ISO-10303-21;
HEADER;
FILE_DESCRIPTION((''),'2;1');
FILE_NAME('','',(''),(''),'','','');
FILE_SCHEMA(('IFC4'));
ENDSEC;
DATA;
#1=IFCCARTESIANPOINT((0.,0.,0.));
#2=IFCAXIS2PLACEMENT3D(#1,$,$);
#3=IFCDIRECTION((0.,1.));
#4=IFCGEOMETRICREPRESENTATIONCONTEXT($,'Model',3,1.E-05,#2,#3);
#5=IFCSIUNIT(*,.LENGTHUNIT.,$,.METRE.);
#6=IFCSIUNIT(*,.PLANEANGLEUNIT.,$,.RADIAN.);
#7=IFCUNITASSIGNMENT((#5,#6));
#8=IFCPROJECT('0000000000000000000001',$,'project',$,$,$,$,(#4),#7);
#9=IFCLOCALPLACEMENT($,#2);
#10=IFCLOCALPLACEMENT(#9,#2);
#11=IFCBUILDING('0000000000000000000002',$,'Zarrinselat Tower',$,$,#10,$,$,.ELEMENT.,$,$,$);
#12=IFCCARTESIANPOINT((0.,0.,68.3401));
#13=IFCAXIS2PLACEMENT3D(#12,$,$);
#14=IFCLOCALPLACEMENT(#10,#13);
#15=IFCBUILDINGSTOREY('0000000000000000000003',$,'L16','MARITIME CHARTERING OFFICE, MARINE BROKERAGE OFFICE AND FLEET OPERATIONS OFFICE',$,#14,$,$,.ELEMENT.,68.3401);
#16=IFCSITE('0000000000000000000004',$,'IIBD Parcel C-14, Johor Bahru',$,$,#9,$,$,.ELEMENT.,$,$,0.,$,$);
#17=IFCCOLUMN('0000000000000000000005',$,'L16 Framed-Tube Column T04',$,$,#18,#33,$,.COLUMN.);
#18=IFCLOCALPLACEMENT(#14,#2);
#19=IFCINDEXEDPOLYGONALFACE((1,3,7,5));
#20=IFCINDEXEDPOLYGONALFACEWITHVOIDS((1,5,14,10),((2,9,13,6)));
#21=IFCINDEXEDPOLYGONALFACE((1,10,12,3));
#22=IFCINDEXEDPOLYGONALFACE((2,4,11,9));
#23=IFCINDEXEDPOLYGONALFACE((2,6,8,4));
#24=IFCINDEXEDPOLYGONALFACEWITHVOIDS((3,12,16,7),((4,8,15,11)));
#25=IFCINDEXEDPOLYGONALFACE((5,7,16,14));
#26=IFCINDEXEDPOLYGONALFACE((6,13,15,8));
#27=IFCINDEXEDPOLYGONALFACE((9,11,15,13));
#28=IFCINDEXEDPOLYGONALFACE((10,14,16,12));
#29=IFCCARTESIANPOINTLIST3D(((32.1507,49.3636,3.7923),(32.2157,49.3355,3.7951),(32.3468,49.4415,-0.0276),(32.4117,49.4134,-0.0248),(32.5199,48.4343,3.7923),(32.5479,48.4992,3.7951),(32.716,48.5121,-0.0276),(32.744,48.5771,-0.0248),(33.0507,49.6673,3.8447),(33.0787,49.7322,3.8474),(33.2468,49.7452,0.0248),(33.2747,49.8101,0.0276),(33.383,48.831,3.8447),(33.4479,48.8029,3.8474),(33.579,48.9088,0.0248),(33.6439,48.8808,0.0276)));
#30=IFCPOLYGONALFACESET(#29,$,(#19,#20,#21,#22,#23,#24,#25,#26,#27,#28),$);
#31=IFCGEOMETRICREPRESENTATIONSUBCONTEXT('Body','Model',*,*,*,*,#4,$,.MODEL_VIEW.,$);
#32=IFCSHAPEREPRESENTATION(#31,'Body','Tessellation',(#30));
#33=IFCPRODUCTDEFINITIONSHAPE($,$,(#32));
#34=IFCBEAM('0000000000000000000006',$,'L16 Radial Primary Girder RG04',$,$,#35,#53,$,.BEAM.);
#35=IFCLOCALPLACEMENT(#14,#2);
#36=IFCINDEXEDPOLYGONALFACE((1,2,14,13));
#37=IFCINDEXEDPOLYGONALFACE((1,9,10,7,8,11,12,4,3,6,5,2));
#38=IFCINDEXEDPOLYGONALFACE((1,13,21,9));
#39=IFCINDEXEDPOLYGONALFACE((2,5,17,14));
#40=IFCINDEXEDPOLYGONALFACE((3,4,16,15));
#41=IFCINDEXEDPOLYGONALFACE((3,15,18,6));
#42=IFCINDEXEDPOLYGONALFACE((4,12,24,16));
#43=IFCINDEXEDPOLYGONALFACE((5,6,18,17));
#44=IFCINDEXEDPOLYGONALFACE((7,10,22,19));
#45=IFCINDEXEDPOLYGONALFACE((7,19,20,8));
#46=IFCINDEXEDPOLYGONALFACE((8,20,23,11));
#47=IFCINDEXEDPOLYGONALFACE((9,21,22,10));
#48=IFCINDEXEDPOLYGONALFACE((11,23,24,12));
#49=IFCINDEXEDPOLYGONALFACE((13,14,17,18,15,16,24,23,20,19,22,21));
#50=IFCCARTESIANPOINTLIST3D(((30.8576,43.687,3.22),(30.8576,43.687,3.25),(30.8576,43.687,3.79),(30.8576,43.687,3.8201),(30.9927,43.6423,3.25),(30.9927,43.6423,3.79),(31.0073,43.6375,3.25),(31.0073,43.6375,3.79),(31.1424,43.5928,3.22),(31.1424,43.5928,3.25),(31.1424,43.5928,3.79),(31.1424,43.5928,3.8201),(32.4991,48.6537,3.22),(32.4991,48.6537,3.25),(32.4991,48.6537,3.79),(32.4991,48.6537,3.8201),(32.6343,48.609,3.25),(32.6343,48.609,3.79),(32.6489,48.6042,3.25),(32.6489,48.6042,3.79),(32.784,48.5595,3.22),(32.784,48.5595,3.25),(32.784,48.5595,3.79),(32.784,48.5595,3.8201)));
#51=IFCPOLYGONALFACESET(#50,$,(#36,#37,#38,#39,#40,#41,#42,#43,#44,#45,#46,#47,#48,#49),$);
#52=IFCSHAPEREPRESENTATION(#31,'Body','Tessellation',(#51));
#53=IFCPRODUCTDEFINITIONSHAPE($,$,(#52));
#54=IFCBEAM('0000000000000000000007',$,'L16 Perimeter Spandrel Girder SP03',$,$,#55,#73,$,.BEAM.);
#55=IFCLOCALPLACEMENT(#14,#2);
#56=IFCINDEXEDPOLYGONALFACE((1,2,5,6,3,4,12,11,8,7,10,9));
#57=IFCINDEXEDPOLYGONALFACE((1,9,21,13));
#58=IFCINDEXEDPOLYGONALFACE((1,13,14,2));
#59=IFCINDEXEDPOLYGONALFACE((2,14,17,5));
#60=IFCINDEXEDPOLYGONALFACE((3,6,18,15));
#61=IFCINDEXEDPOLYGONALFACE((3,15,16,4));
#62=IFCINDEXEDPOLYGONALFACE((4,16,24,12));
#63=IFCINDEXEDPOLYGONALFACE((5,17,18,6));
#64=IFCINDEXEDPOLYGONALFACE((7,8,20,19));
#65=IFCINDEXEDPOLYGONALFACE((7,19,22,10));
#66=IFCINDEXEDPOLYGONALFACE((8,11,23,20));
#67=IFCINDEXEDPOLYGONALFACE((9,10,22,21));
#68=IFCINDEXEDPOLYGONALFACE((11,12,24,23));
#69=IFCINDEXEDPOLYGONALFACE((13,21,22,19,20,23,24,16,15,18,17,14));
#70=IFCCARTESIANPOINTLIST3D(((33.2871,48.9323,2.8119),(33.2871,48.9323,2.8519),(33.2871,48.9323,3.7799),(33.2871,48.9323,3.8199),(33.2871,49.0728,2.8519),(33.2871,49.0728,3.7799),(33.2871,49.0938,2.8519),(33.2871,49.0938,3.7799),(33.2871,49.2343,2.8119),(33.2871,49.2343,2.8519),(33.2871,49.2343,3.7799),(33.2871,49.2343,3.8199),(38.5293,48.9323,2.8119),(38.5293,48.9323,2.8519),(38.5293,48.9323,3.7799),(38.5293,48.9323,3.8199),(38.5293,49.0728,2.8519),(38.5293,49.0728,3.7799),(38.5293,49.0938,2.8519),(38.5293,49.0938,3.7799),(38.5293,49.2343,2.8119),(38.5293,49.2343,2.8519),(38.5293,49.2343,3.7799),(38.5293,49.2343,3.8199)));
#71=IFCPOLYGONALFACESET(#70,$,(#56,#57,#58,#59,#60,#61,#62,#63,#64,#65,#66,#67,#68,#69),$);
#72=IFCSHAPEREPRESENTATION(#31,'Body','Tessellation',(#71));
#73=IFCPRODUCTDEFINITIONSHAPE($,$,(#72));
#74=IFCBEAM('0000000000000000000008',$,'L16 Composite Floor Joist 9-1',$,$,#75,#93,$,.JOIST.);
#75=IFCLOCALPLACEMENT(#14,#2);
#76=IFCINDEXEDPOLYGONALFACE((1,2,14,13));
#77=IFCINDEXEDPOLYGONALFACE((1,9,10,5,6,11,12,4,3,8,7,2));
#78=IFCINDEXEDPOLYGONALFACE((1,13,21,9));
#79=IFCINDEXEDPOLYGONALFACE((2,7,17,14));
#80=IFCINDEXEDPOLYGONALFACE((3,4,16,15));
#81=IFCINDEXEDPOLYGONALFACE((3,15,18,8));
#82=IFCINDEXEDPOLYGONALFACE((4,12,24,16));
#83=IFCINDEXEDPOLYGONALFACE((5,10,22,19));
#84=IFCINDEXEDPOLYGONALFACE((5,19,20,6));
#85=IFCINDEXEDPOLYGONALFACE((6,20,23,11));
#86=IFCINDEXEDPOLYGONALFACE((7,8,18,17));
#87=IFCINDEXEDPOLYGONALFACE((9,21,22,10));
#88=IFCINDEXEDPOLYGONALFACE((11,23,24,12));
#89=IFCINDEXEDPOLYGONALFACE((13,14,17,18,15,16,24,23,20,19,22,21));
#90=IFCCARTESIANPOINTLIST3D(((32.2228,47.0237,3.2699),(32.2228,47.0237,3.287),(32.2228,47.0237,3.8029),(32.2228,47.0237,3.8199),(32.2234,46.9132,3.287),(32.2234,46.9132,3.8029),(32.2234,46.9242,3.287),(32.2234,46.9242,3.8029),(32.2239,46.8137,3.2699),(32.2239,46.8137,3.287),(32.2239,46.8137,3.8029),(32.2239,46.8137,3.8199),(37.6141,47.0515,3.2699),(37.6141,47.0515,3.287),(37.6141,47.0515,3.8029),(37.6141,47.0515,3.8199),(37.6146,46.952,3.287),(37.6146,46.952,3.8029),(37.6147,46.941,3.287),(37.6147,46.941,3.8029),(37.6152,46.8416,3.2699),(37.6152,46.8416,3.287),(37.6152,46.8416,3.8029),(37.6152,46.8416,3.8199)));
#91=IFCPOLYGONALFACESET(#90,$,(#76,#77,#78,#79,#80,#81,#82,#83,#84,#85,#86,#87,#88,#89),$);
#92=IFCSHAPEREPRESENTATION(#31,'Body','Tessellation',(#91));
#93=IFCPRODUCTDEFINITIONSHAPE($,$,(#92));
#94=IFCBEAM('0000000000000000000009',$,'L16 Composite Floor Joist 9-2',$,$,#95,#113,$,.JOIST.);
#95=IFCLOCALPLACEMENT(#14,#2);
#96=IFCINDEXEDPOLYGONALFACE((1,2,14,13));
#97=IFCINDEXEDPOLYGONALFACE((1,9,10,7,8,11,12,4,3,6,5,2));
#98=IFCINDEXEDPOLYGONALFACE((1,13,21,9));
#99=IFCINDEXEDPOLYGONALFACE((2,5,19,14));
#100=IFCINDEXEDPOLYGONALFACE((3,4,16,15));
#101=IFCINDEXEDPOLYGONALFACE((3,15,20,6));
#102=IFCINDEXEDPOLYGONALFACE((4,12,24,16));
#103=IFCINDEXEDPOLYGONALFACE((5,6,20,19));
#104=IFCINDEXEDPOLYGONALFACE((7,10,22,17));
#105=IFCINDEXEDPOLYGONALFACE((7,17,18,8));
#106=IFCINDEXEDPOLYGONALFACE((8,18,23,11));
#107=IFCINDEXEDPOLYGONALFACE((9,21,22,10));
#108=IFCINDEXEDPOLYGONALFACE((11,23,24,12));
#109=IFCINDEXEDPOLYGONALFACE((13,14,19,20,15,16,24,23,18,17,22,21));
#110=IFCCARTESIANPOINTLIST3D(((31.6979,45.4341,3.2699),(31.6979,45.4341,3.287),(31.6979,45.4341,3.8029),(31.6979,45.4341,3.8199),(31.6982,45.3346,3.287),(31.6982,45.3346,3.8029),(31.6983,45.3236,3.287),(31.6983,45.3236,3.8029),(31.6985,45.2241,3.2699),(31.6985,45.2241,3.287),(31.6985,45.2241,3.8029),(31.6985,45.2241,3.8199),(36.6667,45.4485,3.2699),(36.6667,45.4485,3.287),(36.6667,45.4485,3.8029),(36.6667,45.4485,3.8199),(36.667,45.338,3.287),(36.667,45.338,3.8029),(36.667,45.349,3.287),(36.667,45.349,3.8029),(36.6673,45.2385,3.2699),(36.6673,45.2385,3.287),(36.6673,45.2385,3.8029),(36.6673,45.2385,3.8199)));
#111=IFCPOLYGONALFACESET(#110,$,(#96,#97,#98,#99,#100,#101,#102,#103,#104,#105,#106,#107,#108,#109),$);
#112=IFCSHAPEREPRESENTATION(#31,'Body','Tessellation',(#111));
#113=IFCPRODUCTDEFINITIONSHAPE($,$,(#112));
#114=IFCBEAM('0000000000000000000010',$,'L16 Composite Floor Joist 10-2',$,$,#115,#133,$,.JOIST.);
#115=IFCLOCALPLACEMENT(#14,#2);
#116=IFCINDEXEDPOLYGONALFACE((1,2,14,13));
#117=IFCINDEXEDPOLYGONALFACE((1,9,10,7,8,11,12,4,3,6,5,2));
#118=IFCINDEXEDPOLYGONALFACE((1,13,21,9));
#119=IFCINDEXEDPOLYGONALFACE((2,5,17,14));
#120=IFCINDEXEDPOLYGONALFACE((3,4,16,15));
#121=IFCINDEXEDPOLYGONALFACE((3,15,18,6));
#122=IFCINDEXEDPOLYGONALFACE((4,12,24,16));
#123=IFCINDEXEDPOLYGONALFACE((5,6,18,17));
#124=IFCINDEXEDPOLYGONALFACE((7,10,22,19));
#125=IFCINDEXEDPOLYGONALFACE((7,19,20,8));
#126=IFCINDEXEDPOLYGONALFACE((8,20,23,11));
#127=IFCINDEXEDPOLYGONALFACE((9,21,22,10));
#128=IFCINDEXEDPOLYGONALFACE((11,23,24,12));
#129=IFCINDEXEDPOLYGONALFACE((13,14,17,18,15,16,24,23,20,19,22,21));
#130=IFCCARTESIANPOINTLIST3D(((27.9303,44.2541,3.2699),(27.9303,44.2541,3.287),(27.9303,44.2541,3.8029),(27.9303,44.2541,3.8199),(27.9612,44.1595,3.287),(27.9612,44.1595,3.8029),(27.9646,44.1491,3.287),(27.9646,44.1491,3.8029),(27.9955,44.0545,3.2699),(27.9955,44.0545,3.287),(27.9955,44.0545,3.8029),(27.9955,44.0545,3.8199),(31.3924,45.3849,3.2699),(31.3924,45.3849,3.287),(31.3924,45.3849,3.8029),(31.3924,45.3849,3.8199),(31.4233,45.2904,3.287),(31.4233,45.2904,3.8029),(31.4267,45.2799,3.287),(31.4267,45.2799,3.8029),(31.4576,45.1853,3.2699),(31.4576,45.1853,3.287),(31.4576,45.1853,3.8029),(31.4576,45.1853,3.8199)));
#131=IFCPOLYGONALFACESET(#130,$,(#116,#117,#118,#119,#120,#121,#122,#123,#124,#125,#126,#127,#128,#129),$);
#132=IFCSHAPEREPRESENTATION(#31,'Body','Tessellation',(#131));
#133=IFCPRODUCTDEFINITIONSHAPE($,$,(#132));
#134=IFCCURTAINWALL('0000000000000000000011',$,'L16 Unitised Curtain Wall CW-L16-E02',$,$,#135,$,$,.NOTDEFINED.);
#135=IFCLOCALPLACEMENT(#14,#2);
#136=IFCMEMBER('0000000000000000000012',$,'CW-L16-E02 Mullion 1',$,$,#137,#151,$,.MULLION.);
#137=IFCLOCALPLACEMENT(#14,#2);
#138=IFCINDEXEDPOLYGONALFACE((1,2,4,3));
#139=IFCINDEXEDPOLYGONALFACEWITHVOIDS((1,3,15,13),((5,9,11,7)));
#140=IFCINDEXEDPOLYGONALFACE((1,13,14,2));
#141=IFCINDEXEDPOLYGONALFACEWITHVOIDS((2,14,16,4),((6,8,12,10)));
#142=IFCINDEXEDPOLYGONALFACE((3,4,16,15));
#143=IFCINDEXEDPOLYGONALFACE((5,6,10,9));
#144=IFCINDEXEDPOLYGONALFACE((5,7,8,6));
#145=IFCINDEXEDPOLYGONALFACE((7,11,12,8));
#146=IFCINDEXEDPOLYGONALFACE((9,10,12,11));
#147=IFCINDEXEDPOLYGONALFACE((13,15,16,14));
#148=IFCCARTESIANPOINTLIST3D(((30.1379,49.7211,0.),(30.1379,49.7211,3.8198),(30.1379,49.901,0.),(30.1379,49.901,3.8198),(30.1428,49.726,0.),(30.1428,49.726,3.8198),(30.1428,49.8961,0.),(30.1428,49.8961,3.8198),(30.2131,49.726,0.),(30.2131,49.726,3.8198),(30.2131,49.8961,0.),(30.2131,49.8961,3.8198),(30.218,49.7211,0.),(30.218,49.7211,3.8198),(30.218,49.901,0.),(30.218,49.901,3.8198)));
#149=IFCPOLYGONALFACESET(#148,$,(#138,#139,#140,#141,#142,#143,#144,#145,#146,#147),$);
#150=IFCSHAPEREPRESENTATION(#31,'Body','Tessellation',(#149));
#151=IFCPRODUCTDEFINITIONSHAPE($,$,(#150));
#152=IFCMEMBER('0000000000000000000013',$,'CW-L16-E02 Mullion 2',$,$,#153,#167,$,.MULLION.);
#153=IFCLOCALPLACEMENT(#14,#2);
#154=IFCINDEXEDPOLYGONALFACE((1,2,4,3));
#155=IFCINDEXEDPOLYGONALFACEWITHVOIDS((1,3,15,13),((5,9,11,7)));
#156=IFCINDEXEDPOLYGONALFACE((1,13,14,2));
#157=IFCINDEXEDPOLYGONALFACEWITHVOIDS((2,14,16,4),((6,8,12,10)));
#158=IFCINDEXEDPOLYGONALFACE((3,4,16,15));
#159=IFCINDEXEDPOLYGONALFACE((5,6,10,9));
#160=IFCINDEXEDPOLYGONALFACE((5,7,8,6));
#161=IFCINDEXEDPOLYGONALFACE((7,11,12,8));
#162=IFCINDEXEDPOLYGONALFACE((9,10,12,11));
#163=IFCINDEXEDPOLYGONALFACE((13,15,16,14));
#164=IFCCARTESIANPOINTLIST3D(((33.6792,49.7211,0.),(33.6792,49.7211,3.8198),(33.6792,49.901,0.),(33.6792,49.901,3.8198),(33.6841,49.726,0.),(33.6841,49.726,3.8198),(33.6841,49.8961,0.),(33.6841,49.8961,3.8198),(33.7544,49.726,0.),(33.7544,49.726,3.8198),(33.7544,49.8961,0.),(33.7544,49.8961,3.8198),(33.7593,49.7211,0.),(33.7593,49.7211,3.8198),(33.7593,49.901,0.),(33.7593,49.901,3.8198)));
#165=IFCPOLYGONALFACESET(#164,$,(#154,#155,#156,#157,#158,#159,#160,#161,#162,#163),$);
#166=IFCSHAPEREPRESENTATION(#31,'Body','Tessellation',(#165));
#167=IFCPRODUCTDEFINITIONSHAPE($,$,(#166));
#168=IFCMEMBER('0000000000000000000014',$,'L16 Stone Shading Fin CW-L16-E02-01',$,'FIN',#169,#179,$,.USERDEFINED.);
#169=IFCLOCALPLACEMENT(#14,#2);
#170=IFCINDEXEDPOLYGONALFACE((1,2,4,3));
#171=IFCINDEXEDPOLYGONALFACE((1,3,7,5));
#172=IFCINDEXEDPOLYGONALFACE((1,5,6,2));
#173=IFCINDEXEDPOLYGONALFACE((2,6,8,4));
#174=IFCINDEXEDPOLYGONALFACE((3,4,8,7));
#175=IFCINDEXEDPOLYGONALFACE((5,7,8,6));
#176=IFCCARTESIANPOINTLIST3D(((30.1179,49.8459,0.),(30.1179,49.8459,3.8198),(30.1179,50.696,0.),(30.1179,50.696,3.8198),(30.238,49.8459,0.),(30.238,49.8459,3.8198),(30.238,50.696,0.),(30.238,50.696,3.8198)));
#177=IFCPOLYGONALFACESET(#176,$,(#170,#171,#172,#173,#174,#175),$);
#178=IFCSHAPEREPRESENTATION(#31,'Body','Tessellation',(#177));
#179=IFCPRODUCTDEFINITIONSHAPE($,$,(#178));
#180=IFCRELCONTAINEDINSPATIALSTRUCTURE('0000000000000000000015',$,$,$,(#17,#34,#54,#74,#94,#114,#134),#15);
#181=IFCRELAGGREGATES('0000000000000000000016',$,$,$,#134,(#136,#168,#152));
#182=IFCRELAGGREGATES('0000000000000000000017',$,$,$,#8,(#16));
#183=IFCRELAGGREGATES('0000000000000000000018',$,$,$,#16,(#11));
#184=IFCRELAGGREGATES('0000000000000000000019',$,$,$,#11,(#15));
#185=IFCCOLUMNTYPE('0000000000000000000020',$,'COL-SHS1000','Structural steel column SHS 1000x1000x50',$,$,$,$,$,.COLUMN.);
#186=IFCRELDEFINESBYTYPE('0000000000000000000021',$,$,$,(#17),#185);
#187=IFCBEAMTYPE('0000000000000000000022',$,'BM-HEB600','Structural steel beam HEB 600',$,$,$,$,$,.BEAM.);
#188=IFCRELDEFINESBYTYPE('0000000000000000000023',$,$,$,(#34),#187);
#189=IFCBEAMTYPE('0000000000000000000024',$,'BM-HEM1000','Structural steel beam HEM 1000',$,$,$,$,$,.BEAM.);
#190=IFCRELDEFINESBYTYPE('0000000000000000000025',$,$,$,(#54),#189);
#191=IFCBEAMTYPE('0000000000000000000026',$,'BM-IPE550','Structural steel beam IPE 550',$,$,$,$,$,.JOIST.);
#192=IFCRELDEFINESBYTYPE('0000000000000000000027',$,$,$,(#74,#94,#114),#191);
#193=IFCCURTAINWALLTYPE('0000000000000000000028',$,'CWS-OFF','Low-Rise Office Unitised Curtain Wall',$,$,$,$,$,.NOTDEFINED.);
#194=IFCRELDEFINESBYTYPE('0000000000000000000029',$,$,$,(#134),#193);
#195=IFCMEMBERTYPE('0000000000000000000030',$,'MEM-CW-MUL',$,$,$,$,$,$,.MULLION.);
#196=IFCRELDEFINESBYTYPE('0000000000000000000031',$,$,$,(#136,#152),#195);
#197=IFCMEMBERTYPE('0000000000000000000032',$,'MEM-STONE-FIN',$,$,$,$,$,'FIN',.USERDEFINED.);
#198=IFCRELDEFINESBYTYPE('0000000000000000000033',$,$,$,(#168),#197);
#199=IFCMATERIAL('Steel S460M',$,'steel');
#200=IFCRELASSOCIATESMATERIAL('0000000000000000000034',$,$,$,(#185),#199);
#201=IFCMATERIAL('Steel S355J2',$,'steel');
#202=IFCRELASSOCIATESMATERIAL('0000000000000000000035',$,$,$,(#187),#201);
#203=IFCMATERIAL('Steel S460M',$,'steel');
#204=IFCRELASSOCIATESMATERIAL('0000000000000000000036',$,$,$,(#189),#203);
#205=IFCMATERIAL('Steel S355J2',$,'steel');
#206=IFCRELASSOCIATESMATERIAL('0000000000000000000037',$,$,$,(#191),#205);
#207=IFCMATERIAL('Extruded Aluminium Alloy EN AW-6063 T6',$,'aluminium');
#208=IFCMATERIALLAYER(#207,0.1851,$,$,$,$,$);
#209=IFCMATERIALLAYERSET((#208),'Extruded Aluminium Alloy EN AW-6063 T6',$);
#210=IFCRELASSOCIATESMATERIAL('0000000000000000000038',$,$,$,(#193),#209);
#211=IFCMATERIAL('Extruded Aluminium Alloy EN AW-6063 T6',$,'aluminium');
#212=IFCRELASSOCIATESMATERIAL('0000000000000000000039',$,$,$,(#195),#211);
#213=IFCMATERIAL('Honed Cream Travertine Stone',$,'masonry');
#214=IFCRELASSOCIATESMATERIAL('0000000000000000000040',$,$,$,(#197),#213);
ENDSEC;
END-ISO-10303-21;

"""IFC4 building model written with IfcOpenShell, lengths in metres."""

from ifc_helpers import new_model, si_unit, direction, frame, origin, origin_2d, place, context, subcontext, project, spatial, rectangle, hollow_rectangle, i_section, extrude, material, layer, layer_set, material_profile, profile_set, type_object, element, aggregate, save


model = new_model("IFC4")

# Units and contexts
model_context = context("Model", 3, precision=1e-05, world=origin(), true_north=direction((0.0, 1.0)))
body_context = subcontext(model_context, "Body", "Model", "MODEL_VIEW")
ifc_project = project(units=[si_unit("LENGTHUNIT", "METRE"), si_unit("PLANEANGLEUNIT", "RADIAN")], contexts=[model_context])

# Site, building, storey
site_placement = place(None, origin())
site = spatial("IfcSite", under=ifc_project, at=site_placement, Name="IIBD Parcel C-14, Johor Bahru", CompositionType="ELEMENT", RefElevation=0.0)
building_placement = place(site_placement, origin())
building = spatial("IfcBuilding", under=site, at=building_placement, Name="Zarrinselat Tower", CompositionType="ELEMENT")
storey_placement = place(building_placement, frame((0.0, 0.0, 68.3401)))
storey = spatial("IfcBuildingStorey", under=building, at=storey_placement, Name="L16", Description="MARITIME CHARTERING OFFICE, MARINE BROKERAGE OFFICE AND FLEET OPERATIONS OFFICE", CompositionType="ELEMENT", Elevation=68.3401)

# Column
ifc_material_1 = material(Name="Steel S460M", Category="steel")
ifc_material_profile_1 = material_profile(ifc_material_1, hollow_rectangle(XDim=1.0, YDim=1.0, WallThickness=0.05, at=origin_2d()), Name="SHS 1000x1000x50")
ifc_profile_set_1 = profile_set([ifc_material_profile_1], Name="Steel S460M")
column_type = type_object("IfcColumnType", Name="COL-SHS1000", Description="Structural steel column SHS 1000x1000x50", PredefinedType="COLUMN", material=ifc_profile_set_1)
column_placement = place(storey_placement, frame((32.9954, 49.1611, 0.0), z_axis=(-0.051245, -0.020358, 0.998479), x_axis=(0.369195, -0.929352, 0.0)))
element("IfcColumn", 1, at=column_placement, inside=storey, type_object=column_type, Name="L16 Framed-Tube Column T04", PredefinedType="COLUMN", context=body_context, shape_type="SweptSolid", body=[
    extrude(hollow_rectangle(XDim=1.0, YDim=1.0, WallThickness=0.05, at=origin_2d()), origin(), (0.0, 0.0, 1.0), 3.8257),
])

# Beams
ifc_material_2 = material(Name="Steel S355J2", Category="steel")
ifc_material_profile_2 = material_profile(ifc_material_2, i_section(OverallWidth=0.3, OverallDepth=0.6001, WebThickness=0.0154, FlangeThickness=0.03, at=origin_2d()), Name="HEB 600")
ifc_profile_set_2 = profile_set([ifc_material_profile_2], Name="Steel S355J2")
beam_type_1 = type_object("IfcBeamType", Name="BM-HEB600", Description="Structural steel beam HEB 600", PredefinedType="BEAM", material=ifc_profile_set_2)
beam_1_placement = place(storey_placement, frame((31.0, 43.6399, 3.52), z_axis=(0.313819, 0.949483, 0.0), x_axis=(-0.949483, 0.313819, 0.0)))
element("IfcBeam", 2, at=beam_1_placement, inside=storey, type_object=beam_type_1, Name="L16 Radial Primary Girder RG04", PredefinedType="BEAM", context=body_context, shape_type="SweptSolid", body=[
    extrude(i_section(OverallWidth=0.3, OverallDepth=0.6001, WebThickness=0.0154, FlangeThickness=0.03, at=origin_2d()), origin(), (0.0, 0.0, 1.0), 5.231),
])
ifc_material_3 = material(Name="Steel S460M", Category="steel")
ifc_material_profile_3 = material_profile(ifc_material_3, i_section(OverallWidth=0.302, OverallDepth=1.0081, WebThickness=0.021, FlangeThickness=0.04, at=origin_2d()), Name="HEM 1000")
ifc_profile_set_3 = profile_set([ifc_material_profile_3], Name="Steel S460M")
beam_type_2 = type_object("IfcBeamType", Name="BM-HEM1000", Description="Structural steel beam HEM 1000", PredefinedType="BEAM", material=ifc_profile_set_3)
beam_2_placement = place(storey_placement, frame((33.2871, 49.0833, 3.3159), z_axis=(1.0, 0.0, 0.0), x_axis=(0.0, 1.0, 0.0)))
element("IfcBeam", 3, at=beam_2_placement, inside=storey, type_object=beam_type_2, Name="L16 Perimeter Spandrel Girder SP03", PredefinedType="BEAM", context=body_context, shape_type="SweptSolid", body=[
    extrude(i_section(OverallWidth=0.302, OverallDepth=1.0081, WebThickness=0.021, FlangeThickness=0.04, at=origin_2d()), origin(), (0.0, 0.0, 1.0), 5.2422),
])
ifc_material_4 = material(Name="Steel S355J2", Category="steel")
ifc_material_profile_4 = material_profile(ifc_material_4, i_section(OverallWidth=0.21, OverallDepth=0.55, WebThickness=0.011, FlangeThickness=0.0171, at=origin_2d()), Name="IPE 550")
ifc_profile_set_4 = profile_set([ifc_material_profile_4], Name="Steel S355J2")
beam_type_3 = type_object("IfcBeamType", Name="BM-IPE550", Description="Structural steel beam IPE 550", PredefinedType="JOIST", material=ifc_profile_set_4)
beam_3_placement = place(storey_placement, frame((32.2234, 46.9187, 3.5449), z_axis=(0.999987, 0.005162, 0.0), x_axis=(-0.005162, 0.999987, 0.0)))
element("IfcBeam", 4, at=beam_3_placement, inside=storey, type_object=beam_type_3, Name="L16 Composite Floor Joist 9-1", PredefinedType="JOIST", context=body_context, shape_type="SweptSolid", body=[
    extrude(i_section(OverallWidth=0.21, OverallDepth=0.55, WebThickness=0.011, FlangeThickness=0.0171, at=origin_2d()), origin(), (0.0, 0.0, 1.0), 5.3914),
])
beam_4_placement = place(storey_placement, frame((31.6982, 45.3291, 3.5449), z_axis=(0.999996, 0.002899, 0.0), x_axis=(-0.002899, 0.999996, 0.0)))
element("IfcBeam", 5, at=beam_4_placement, inside=storey, type_object=beam_type_3, Name="L16 Composite Floor Joist 9-2", PredefinedType="JOIST", context=body_context, shape_type="SweptSolid", body=[
    extrude(i_section(OverallWidth=0.21, OverallDepth=0.55, WebThickness=0.011, FlangeThickness=0.0171, at=origin_2d()), origin(), (0.0, 0.0, 1.0), 4.9688),
])
beam_5_placement = place(storey_placement, frame((27.9629, 44.1543, 3.5449), z_axis=(0.950576, 0.310491, 0.0), x_axis=(-0.310491, 0.950576, 0.0)))
element("IfcBeam", 6, at=beam_5_placement, inside=storey, type_object=beam_type_3, Name="L16 Composite Floor Joist 10-2", PredefinedType="JOIST", context=body_context, shape_type="SweptSolid", body=[
    extrude(i_section(OverallWidth=0.21, OverallDepth=0.55, WebThickness=0.011, FlangeThickness=0.0171, at=origin_2d()), origin(), (0.0, 0.0, 1.0), 3.6421),
])

# Curtain wall, members
ifc_material_5 = material(Name="Extruded Aluminium Alloy EN AW-6063 T6", Category="aluminium")
ifc_layer_1 = layer(ifc_material_5, 0.1851)
ifc_layer_set_1 = layer_set([ifc_layer_1], Name="Extruded Aluminium Alloy EN AW-6063 T6")
curtain_wall_type = type_object("IfcCurtainWallType", Name="CWS-OFF", Description="Low-Rise Office Unitised Curtain Wall", PredefinedType="NOTDEFINED", material=ifc_layer_set_1)
curtain_wall_placement = place(storey_placement, origin())
curtain_wall = element("IfcCurtainWall", 7, at=curtain_wall_placement, inside=storey, type_object=curtain_wall_type, Name="L16 Unitised Curtain Wall CW-L16-E02", PredefinedType="NOTDEFINED")
ifc_material_6 = material(Name="Extruded Aluminium Alloy EN AW-6063 T6", Category="aluminium")
ifc_material_profile_5 = material_profile(ifc_material_6, hollow_rectangle(XDim=0.0801, YDim=0.1799, WallThickness=0.0049, at=origin_2d()), Name="RHS 180x80x5")
ifc_profile_set_5 = profile_set([ifc_material_profile_5], Name="Extruded Aluminium Alloy EN AW-6063 T6")
member_type_1 = type_object("IfcMemberType", Name="MEM-CW-MUL", PredefinedType="MULLION", material=ifc_profile_set_5)
member_1_placement = place(storey_placement, frame((30.178, 49.811, 0.0), z_axis=(0.0, 0.0, 1.0), x_axis=(1.0, 0.0, 0.0)))
member_1 = element("IfcMember", 8, at=member_1_placement, type_object=member_type_1, Name="CW-L16-E02 Mullion 1", PredefinedType="MULLION", context=body_context, shape_type="SweptSolid", body=[
    extrude(hollow_rectangle(XDim=0.0801, YDim=0.1799, WallThickness=0.0049, at=origin_2d()), origin(), (0.0, 0.0, 1.0), 3.8198),
])
member_2_placement = place(storey_placement, frame((33.7192, 49.811, 0.0), z_axis=(0.0, 0.0, 1.0), x_axis=(1.0, 0.0, 0.0)))
member_2 = element("IfcMember", 9, at=member_2_placement, type_object=member_type_1, Name="CW-L16-E02 Mullion 2", PredefinedType="MULLION", context=body_context, shape_type="SweptSolid", body=[
    extrude(hollow_rectangle(XDim=0.0801, YDim=0.1799, WallThickness=0.0049, at=origin_2d()), origin(), (0.0, 0.0, 1.0), 3.8198),
])
ifc_material_7 = material(Name="Honed Cream Travertine Stone", Category="masonry")
ifc_material_profile_6 = material_profile(ifc_material_7, rectangle(XDim=0.1201, YDim=0.8501, at=origin_2d()), Name="FIN 850x120")
ifc_profile_set_6 = profile_set([ifc_material_profile_6], Name="Honed Cream Travertine Stone")
member_type_2 = type_object("IfcMemberType", Name="MEM-STONE-FIN", ElementType="FIN", PredefinedType="USERDEFINED", material=ifc_profile_set_6)
member_3_placement = place(storey_placement, frame((30.178, 50.271, 0.0), z_axis=(0.0, 0.0, 1.0), x_axis=(1.0, 0.0, 0.0)))
member_3 = element("IfcMember", 10, at=member_3_placement, type_object=member_type_2, Name="L16 Stone Shading Fin CW-L16-E02-01", ObjectType="FIN", PredefinedType="USERDEFINED", context=body_context, shape_type="SweptSolid", body=[
    extrude(rectangle(XDim=0.1201, YDim=0.8501, at=origin_2d()), origin(), (0.0, 0.0, 1.0), 3.8198),
])
aggregate(curtain_wall, [member_1, member_3, member_2])

save(model, "model.ifc")
